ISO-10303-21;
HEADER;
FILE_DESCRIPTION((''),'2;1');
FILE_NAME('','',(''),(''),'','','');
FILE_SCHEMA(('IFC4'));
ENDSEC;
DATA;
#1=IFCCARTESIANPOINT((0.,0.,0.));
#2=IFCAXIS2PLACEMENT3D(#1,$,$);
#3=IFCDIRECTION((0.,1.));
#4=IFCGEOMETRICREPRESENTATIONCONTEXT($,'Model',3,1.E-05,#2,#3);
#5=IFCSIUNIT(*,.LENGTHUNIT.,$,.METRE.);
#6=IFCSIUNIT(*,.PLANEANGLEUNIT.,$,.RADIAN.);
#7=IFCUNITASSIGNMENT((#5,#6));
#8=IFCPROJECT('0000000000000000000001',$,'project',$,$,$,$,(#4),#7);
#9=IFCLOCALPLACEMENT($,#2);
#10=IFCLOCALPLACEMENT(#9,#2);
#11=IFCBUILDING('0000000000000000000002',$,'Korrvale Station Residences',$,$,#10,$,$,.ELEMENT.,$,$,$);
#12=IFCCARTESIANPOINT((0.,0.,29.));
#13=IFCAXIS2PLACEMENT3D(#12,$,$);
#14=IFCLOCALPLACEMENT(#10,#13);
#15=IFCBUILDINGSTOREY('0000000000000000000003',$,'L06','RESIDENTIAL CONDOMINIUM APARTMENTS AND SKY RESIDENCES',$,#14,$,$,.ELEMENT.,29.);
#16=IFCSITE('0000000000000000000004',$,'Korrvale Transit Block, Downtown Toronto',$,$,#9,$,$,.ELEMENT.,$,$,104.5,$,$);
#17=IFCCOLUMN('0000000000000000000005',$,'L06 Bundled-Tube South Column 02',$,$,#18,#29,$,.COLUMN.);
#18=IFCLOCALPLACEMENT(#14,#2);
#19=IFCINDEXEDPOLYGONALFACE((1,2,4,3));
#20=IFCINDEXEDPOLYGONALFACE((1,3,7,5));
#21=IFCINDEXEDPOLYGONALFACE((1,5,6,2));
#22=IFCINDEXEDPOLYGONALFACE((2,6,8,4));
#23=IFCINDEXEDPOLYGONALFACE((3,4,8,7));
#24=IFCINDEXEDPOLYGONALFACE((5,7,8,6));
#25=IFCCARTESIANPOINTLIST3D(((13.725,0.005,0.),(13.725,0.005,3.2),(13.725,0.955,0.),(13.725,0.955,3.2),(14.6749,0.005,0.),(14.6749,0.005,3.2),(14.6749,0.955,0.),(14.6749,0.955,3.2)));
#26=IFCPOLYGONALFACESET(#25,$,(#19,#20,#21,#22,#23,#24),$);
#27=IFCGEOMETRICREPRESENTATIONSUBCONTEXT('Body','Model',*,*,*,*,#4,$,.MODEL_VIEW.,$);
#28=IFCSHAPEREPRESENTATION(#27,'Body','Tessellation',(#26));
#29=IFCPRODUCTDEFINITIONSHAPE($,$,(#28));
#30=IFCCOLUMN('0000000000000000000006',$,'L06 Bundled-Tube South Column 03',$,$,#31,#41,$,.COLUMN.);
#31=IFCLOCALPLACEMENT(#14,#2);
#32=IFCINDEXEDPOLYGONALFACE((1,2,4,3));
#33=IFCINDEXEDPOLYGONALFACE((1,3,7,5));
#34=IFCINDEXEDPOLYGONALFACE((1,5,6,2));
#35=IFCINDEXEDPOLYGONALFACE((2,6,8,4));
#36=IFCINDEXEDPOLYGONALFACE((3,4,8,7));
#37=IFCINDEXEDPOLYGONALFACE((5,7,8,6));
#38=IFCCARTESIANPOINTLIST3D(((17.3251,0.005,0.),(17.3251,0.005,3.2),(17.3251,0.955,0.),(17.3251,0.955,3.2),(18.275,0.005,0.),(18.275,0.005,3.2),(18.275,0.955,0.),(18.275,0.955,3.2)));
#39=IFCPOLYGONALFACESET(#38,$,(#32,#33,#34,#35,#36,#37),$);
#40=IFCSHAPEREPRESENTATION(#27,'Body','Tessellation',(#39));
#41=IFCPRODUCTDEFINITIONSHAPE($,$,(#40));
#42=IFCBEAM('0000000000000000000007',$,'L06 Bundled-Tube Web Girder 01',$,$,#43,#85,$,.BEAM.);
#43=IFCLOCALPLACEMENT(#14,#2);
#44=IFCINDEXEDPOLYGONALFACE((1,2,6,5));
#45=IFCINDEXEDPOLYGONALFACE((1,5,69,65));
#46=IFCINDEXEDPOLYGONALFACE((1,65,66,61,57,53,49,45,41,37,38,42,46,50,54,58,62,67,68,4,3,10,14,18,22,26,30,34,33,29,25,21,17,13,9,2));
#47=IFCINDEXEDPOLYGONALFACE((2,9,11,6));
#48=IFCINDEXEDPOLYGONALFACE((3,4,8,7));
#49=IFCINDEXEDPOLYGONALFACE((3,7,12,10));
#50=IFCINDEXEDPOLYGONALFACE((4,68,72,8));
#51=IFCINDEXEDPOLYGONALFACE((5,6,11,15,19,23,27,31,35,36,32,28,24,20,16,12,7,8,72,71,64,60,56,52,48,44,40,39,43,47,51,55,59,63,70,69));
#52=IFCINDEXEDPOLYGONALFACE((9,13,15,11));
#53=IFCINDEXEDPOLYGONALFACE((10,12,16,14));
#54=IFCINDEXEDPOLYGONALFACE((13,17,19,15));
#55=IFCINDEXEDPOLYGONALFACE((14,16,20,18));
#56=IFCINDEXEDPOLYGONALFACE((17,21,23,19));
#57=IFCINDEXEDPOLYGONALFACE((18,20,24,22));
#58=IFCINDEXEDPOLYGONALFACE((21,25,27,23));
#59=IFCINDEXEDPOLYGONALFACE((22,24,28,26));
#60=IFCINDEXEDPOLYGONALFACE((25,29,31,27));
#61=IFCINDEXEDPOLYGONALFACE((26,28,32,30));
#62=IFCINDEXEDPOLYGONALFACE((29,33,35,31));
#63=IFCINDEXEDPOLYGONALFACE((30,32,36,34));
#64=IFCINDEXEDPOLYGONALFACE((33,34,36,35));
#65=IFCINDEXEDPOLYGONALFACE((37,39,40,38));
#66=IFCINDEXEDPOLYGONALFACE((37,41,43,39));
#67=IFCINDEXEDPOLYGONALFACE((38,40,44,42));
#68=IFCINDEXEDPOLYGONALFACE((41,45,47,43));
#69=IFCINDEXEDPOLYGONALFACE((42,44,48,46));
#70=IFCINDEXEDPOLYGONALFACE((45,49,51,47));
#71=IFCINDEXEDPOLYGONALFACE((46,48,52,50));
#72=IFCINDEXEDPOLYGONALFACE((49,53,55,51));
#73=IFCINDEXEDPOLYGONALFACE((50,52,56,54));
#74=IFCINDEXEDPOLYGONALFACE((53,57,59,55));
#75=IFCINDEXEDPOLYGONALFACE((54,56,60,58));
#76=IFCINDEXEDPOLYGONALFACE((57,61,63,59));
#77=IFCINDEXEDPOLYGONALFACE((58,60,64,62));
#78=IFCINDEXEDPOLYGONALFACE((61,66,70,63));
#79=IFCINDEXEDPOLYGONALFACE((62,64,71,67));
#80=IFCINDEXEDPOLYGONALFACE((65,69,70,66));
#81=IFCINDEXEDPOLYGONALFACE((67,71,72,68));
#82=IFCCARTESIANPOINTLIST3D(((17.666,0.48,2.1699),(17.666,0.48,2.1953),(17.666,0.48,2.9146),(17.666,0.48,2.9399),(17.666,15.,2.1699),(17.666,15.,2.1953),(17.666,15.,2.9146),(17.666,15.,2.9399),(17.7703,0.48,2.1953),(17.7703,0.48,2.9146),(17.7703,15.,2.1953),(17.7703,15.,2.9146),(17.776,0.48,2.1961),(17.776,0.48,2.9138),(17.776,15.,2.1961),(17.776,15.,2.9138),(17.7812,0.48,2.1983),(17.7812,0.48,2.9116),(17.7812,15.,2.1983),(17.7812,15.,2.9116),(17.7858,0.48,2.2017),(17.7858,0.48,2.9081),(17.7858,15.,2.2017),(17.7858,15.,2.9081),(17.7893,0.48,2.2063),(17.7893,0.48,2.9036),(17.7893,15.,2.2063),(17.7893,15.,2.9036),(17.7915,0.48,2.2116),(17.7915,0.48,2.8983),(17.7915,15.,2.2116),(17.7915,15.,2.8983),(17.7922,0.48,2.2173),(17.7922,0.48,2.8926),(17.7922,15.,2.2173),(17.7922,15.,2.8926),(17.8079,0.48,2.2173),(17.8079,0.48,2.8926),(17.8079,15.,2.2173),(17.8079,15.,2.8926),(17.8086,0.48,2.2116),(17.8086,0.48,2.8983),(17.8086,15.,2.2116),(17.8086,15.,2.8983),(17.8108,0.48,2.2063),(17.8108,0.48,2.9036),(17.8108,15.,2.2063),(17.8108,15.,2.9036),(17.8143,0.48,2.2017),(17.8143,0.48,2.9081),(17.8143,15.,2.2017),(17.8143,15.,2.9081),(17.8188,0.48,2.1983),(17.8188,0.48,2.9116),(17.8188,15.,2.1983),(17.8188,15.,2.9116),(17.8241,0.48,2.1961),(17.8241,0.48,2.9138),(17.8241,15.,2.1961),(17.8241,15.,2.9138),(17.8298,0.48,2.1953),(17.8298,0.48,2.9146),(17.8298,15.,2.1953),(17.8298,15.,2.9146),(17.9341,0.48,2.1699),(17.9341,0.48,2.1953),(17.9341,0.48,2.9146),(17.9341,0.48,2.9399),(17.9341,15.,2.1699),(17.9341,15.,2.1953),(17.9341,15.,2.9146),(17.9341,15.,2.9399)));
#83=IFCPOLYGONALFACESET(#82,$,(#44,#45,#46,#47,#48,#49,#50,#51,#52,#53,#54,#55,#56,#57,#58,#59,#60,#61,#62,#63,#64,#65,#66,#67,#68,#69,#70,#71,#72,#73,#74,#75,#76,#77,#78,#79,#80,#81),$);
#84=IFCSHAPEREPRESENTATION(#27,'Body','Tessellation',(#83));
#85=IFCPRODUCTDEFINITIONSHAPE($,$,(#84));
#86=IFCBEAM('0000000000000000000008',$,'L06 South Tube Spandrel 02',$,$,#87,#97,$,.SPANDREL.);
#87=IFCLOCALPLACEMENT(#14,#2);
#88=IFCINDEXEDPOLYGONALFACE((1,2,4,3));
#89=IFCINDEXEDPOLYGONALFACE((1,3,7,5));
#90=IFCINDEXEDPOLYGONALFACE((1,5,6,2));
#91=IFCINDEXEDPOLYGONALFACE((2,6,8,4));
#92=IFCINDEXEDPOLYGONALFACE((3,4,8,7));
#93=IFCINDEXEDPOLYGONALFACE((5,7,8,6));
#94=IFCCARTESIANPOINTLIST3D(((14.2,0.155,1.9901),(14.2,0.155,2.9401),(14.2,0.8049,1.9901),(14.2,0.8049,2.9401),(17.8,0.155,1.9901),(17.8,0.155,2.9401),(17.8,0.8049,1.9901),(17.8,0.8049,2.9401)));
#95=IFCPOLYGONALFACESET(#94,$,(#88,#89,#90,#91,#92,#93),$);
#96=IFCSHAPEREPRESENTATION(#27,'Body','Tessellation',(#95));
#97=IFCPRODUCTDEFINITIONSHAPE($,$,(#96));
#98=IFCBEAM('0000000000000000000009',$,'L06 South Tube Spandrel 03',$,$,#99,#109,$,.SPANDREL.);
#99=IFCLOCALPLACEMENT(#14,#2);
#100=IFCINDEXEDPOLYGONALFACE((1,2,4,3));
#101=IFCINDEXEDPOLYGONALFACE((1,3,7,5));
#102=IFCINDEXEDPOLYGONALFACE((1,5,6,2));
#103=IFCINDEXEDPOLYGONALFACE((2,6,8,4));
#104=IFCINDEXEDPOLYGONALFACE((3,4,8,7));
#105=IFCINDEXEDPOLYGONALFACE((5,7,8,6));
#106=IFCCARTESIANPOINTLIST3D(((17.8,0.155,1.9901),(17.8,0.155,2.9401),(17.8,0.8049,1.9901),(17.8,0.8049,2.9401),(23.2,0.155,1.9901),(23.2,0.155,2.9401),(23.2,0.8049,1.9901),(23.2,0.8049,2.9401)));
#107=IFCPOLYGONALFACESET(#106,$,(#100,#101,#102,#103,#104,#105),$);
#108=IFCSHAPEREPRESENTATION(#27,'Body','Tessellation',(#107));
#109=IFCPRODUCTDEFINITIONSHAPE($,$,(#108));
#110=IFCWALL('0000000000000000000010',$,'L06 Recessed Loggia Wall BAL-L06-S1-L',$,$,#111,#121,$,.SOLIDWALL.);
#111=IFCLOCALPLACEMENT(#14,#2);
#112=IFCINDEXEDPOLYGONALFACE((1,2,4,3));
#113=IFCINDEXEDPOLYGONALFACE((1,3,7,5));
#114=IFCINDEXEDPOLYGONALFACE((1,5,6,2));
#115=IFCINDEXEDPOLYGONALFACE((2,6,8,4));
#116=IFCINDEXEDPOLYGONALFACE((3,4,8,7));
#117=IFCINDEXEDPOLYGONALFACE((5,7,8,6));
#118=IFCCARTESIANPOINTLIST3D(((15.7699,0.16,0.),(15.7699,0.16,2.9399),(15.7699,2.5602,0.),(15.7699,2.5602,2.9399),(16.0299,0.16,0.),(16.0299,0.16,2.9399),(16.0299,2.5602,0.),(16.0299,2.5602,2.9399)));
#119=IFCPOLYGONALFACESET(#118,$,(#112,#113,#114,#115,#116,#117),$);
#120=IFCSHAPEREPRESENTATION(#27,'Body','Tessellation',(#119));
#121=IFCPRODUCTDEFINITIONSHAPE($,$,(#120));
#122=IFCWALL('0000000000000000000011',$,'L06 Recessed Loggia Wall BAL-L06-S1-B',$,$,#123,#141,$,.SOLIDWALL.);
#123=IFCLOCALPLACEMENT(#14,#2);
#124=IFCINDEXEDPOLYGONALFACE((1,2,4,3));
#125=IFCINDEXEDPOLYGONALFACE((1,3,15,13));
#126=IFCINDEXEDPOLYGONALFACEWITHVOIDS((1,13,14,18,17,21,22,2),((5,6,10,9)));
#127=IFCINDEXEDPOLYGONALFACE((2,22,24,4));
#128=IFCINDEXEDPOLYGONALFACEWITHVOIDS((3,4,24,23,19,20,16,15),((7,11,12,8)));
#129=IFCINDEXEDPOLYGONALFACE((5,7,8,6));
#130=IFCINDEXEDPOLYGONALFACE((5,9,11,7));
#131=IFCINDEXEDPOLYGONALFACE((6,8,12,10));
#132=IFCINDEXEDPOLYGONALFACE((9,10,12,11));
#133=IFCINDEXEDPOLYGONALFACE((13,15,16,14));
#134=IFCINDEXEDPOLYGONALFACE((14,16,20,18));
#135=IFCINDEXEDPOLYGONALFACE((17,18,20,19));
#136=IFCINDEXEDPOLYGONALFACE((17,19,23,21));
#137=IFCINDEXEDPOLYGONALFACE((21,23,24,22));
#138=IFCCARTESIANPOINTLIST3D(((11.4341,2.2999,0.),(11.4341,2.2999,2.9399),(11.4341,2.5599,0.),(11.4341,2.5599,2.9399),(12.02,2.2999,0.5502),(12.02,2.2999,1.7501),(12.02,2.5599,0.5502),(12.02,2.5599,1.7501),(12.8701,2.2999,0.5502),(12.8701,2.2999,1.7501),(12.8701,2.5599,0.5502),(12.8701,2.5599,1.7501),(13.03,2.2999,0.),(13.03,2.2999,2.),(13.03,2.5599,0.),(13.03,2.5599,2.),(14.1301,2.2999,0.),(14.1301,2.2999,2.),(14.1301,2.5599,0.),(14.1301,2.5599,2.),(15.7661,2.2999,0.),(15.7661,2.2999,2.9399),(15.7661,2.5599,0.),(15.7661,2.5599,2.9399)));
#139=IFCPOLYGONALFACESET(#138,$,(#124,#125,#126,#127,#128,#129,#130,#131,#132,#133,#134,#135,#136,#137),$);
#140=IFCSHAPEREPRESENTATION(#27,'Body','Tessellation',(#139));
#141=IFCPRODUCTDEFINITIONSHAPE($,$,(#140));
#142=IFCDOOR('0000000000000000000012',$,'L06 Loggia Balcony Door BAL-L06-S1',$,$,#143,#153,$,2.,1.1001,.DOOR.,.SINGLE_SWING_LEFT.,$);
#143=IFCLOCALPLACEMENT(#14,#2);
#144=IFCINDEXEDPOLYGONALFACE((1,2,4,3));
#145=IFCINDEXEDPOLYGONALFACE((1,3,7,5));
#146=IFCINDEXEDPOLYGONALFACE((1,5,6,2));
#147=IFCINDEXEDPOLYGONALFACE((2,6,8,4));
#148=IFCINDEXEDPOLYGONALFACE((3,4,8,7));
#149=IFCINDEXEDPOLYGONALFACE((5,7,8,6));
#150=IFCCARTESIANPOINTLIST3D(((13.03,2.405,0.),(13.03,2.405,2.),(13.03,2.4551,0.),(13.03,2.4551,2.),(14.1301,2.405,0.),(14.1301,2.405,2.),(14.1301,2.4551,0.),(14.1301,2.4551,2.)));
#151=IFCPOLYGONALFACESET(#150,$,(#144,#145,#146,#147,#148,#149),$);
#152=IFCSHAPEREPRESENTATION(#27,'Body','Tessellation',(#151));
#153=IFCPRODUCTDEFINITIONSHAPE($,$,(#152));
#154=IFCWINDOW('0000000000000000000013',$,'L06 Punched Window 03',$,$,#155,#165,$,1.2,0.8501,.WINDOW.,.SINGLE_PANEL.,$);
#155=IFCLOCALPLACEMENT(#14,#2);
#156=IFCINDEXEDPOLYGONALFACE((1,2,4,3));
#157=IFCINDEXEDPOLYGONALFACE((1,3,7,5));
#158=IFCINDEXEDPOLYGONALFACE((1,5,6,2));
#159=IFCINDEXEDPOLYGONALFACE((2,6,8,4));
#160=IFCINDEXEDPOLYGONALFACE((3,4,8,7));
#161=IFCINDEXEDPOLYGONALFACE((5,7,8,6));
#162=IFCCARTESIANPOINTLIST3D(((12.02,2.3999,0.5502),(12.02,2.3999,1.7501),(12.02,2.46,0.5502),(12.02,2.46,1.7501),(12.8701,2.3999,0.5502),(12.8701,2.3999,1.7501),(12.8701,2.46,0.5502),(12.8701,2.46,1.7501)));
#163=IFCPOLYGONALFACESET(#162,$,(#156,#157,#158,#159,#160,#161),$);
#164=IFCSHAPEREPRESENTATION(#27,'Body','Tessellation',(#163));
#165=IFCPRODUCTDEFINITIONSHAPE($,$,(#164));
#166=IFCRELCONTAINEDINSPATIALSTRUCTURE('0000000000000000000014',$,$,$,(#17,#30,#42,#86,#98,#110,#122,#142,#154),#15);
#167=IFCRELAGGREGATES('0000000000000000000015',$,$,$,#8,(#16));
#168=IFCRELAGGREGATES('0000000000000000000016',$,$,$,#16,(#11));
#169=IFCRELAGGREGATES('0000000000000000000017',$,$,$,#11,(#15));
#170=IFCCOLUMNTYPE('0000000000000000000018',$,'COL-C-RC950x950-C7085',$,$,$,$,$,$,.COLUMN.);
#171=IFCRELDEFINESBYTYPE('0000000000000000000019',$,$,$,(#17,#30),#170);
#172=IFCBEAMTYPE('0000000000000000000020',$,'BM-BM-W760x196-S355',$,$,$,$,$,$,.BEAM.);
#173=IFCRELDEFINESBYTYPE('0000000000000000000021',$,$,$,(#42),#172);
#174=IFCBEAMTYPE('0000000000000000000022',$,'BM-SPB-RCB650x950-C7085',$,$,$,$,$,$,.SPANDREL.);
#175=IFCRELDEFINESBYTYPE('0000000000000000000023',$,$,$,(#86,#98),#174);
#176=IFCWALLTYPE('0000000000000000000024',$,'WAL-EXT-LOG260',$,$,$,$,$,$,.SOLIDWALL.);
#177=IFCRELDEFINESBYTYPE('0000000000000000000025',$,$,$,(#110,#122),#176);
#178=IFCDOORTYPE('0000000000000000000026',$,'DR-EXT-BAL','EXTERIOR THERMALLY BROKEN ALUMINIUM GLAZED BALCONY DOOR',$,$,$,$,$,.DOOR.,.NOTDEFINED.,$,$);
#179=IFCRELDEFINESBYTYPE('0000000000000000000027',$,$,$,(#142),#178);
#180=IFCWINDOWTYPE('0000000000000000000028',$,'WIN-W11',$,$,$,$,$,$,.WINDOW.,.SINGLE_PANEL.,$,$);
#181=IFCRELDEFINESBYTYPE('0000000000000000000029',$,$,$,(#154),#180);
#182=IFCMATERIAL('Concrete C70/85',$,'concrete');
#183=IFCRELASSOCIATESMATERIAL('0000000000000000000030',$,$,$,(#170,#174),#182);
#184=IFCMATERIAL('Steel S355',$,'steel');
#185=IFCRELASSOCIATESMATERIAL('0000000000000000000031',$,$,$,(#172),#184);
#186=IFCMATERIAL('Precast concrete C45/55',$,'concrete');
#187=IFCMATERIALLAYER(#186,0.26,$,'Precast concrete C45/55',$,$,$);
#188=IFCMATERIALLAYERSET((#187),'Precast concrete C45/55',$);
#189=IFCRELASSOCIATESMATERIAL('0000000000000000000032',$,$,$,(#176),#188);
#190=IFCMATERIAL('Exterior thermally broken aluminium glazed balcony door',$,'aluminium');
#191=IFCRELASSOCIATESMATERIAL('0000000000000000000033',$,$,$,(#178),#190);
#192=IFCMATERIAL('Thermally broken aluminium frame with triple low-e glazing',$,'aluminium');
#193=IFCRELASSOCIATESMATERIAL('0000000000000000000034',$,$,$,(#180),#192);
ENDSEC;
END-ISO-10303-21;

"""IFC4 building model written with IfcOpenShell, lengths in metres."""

from ifc_helpers import new_model, si_unit, direction, frame, frame_2d, origin, origin_2d, place, context, subcontext, project, spatial, rectangle, i_section, extrude, material, layer, layer_set, material_profile, profile_set, type_object, element, fill, save


model = new_model("IFC4")

# Units and contexts
model_context = context("Model", 3, precision=1e-05, world=origin(), true_north=direction((0.0, 1.0)))
body_context = subcontext(model_context, "Body", "Model", "MODEL_VIEW")
ifc_project = project(units=[si_unit("LENGTHUNIT", "METRE"), si_unit("PLANEANGLEUNIT", "RADIAN")], contexts=[model_context])

# Site, building, storey
site_placement = place(None, origin())
site = spatial("IfcSite", under=ifc_project, at=site_placement, Name="Korrvale Transit Block, Downtown Toronto", CompositionType="ELEMENT", RefElevation=104.5)
building_placement = place(site_placement, origin())
building = spatial("IfcBuilding", under=site, at=building_placement, Name="Korrvale Station Residences", CompositionType="ELEMENT")
storey_placement = place(building_placement, frame((0.0, 0.0, 29.0)))
storey = spatial("IfcBuildingStorey", under=building, at=storey_placement, Name="L06", Description="RESIDENTIAL CONDOMINIUM APARTMENTS AND SKY RESIDENCES", CompositionType="ELEMENT", Elevation=29.0)

# Columns
ifc_material_1 = material(Name="Concrete C70/85", Category="concrete")
ifc_material_profile_1 = material_profile(ifc_material_1, rectangle(XDim=0.95, YDim=0.95, at=origin_2d()), Name="RC950x950")
ifc_profile_set_1 = profile_set([ifc_material_profile_1], Name="Concrete C70/85")
column_type = type_object("IfcColumnType", Name="COL-C-RC950x950-C7085", PredefinedType="COLUMN", material=ifc_profile_set_1)
for number, where, z_axis, x_axis, name in (
    (1, (14.2, 0.48, 0.0), (0.0, 0.0, 1.0), (1.0, 0.0, 0.0), "L06 Bundled-Tube South Column 02"),
    (2, (17.8, 0.48, 0.0), (0.0, 0.0, 1.0), (1.0, 0.0, 0.0), "L06 Bundled-Tube South Column 03"),
):
    element("IfcColumn", number, at=place(storey_placement, frame(where, z_axis=z_axis, x_axis=x_axis)), inside=storey, type_object=column_type, Name=name, PredefinedType="COLUMN", context=body_context, shape_type="SweptSolid", body=[
        extrude(rectangle(XDim=0.95, YDim=0.95, at=origin_2d()), origin(), (0.0, 0.0, 1.0), 3.2),
    ])

# Beams
ifc_material_2 = material(Name="Steel S355", Category="steel")
ifc_material_profile_2 = material_profile(ifc_material_2, i_section(OverallWidth=0.2681, OverallDepth=0.77, WebThickness=0.0156, FlangeThickness=0.0254, FilletRadius=0.022, at=origin_2d()), Name="W760x196")
ifc_profile_set_2 = profile_set([ifc_material_profile_2], Name="Steel S355")
beam_type_1 = type_object("IfcBeamType", Name="BM-BM-W760x196-S355", PredefinedType="BEAM", material=ifc_profile_set_2)
beam_1_placement = place(storey_placement, frame((17.8, 0.48, 2.5549), z_axis=(0.0, 1.0, 0.0), x_axis=(-1.0, 0.0, 0.0)))
element("IfcBeam", 3, at=beam_1_placement, inside=storey, type_object=beam_type_1, Name="L06 Bundled-Tube Web Girder 01", PredefinedType="BEAM", context=body_context, shape_type="SweptSolid", body=[
    extrude(i_section(OverallWidth=0.2681, OverallDepth=0.77, WebThickness=0.0156, FlangeThickness=0.0254, FilletRadius=0.022, at=origin_2d()), origin(), (0.0, 0.0, 1.0), 14.52),
])
ifc_material_profile_3 = material_profile(ifc_material_1, rectangle(XDim=0.6499, YDim=0.95, at=origin_2d()), Name="RCB650x950")
ifc_profile_set_3 = profile_set([ifc_material_profile_3], Name="Concrete C70/85")
beam_type_2 = type_object("IfcBeamType", Name="BM-SPB-RCB650x950-C7085", PredefinedType="SPANDREL", material=ifc_profile_set_3)
beam_2_placement = place(storey_placement, frame((14.2, 0.48, 2.4651), z_axis=(1.0, 0.0, 0.0), x_axis=(0.0, 1.0, 0.0)))
element("IfcBeam", 4, at=beam_2_placement, inside=storey, type_object=beam_type_2, Name="L06 South Tube Spandrel 02", PredefinedType="SPANDREL", context=body_context, shape_type="SweptSolid", body=[
    extrude(rectangle(XDim=0.6499, YDim=0.95, at=origin_2d()), origin(), (0.0, 0.0, 1.0), 3.6001),
])
beam_3_placement = place(storey_placement, frame((17.8, 0.48, 2.4651), z_axis=(1.0, 0.0, 0.0), x_axis=(0.0, 1.0, 0.0)))
element("IfcBeam", 5, at=beam_3_placement, inside=storey, type_object=beam_type_2, Name="L06 South Tube Spandrel 03", PredefinedType="SPANDREL", context=body_context, shape_type="SweptSolid", body=[
    extrude(rectangle(XDim=0.6499, YDim=0.95, at=origin_2d()), origin(), (0.0, 0.0, 1.0), 5.3999),
])

# Wall
ifc_material_3 = material(Name="Precast concrete C45/55", Category="concrete")
ifc_layer_1 = layer(ifc_material_3, 0.26, Name="Precast concrete C45/55")
ifc_layer_set_1 = layer_set([ifc_layer_1], Name="Precast concrete C45/55")
wall_type_1 = type_object("IfcWallType", Name="WAL-EXT-LOG260", PredefinedType="SOLIDWALL", material=ifc_layer_set_1)
wall_1_placement = place(storey_placement, frame((15.8999, 0.1599, 0.0), z_axis=(0.0, 0.0, 1.0), x_axis=(0.0, 1.0, 0.0)))
element("IfcWall", 6, at=wall_1_placement, inside=storey, type_object=wall_type_1, Name="L06 Recessed Loggia Wall BAL-L06-S1-L", PredefinedType="SOLIDWALL", context=body_context, shape_type="SweptSolid", body=[
    extrude(rectangle(XDim=2.4001, YDim=0.26, at=frame_2d((1.2002, 0.0))), origin(), (0.0, 0.0, 1.0), 2.9399),
])

# Wall, openings, door, window
wall_2_placement = place(storey_placement, frame((15.7661, 2.4299, 0.0), z_axis=(0.0, 0.0, 1.0), x_axis=(-1.0, 0.0, 0.0)))
wall_2 = element("IfcWall", 7, at=wall_2_placement, inside=storey, type_object=wall_type_1, Name="L06 Recessed Loggia Wall BAL-L06-S1-B", PredefinedType="SOLIDWALL", context=body_context, shape_type="SweptSolid", body=[
    extrude(rectangle(XDim=4.332, YDim=0.26, at=frame_2d((2.166, 0.0))), origin(), (0.0, 0.0, 1.0), 2.9399),
])
opening_1_placement = place(wall_2_placement, frame((1.636, 0.0, 0.0)))
opening_1 = element("IfcOpeningElement", 8, at=opening_1_placement, cuts=wall_2, PredefinedType="OPENING", context=body_context, shape_type="SweptSolid", body=[
    extrude(rectangle(XDim=1.1001, YDim=2.0, at=frame_2d((0.55, 1.0))), frame((0.0, 0.1401, 0.0), z_axis=(0.0, -1.0, 0.0), x_axis=(1.0, 0.0, 0.0)), (0.0, 0.0, 1.0), 0.28),
])
opening_2_placement = place(wall_2_placement, frame((2.896, 0.0, 0.55)))
opening_2 = element("IfcOpeningElement", 9, at=opening_2_placement, cuts=wall_2, PredefinedType="OPENING", context=body_context, shape_type="SweptSolid", body=[
    extrude(rectangle(XDim=0.8501, YDim=1.2, at=frame_2d((0.425, 0.6001))), frame((0.0, 0.1401, 0.0), z_axis=(0.0, -1.0, 0.0), x_axis=(1.0, 0.0, 0.0)), (0.0, 0.0, 1.0), 0.28),
])
ifc_material_4 = material(Name="Exterior thermally broken aluminium glazed balcony door", Category="aluminium")
door_type_1 = type_object("IfcDoorType", Name="DR-EXT-BAL", Description="EXTERIOR THERMALLY BROKEN ALUMINIUM GLAZED BALCONY DOOR", OperationType="NOTDEFINED", PredefinedType="DOOR", material=ifc_material_4)
door_1_placement = place(opening_1_placement, origin())
door_1 = element("IfcDoor", 10, at=door_1_placement, inside=storey, type_object=door_type_1, Name="L06 Loggia Balcony Door BAL-L06-S1", OperationType="SINGLE_SWING_LEFT", OverallHeight=2.0, OverallWidth=1.1001, PredefinedType="DOOR", context=body_context, shape_type="SweptSolid", body=[
    extrude(rectangle(XDim=1.1001, YDim=2.0, at=frame_2d((0.55, 1.0))), frame((0.0, 0.0249, 0.0), z_axis=(0.0, -1.0, 0.0), x_axis=(1.0, 0.0, 0.0)), (0.0, 0.0, 1.0), 0.05),
])
fill(opening_1, door_1)
ifc_material_5 = material(Name="Thermally broken aluminium frame with triple low-e glazing", Category="aluminium")
window_type = type_object("IfcWindowType", Name="WIN-W11", PartitioningType="SINGLE_PANEL", PredefinedType="WINDOW", material=ifc_material_5)
window_placement = place(opening_2_placement, origin())
window = element("IfcWindow", 11, at=window_placement, inside=storey, type_object=window_type, Name="L06 Punched Window 03", OverallHeight=1.2, OverallWidth=0.8501, PartitioningType="SINGLE_PANEL", PredefinedType="WINDOW", context=body_context, shape_type="SweptSolid", body=[
    extrude(rectangle(XDim=0.8501, YDim=1.2, at=frame_2d((0.425, 0.6001))), frame((0.0, 0.03, 0.0), z_axis=(0.0, -1.0, 0.0), x_axis=(1.0, 0.0, 0.0)), (0.0, 0.0, 1.0), 0.0601),
])
fill(opening_2, window)

save(model, "model.ifc")
